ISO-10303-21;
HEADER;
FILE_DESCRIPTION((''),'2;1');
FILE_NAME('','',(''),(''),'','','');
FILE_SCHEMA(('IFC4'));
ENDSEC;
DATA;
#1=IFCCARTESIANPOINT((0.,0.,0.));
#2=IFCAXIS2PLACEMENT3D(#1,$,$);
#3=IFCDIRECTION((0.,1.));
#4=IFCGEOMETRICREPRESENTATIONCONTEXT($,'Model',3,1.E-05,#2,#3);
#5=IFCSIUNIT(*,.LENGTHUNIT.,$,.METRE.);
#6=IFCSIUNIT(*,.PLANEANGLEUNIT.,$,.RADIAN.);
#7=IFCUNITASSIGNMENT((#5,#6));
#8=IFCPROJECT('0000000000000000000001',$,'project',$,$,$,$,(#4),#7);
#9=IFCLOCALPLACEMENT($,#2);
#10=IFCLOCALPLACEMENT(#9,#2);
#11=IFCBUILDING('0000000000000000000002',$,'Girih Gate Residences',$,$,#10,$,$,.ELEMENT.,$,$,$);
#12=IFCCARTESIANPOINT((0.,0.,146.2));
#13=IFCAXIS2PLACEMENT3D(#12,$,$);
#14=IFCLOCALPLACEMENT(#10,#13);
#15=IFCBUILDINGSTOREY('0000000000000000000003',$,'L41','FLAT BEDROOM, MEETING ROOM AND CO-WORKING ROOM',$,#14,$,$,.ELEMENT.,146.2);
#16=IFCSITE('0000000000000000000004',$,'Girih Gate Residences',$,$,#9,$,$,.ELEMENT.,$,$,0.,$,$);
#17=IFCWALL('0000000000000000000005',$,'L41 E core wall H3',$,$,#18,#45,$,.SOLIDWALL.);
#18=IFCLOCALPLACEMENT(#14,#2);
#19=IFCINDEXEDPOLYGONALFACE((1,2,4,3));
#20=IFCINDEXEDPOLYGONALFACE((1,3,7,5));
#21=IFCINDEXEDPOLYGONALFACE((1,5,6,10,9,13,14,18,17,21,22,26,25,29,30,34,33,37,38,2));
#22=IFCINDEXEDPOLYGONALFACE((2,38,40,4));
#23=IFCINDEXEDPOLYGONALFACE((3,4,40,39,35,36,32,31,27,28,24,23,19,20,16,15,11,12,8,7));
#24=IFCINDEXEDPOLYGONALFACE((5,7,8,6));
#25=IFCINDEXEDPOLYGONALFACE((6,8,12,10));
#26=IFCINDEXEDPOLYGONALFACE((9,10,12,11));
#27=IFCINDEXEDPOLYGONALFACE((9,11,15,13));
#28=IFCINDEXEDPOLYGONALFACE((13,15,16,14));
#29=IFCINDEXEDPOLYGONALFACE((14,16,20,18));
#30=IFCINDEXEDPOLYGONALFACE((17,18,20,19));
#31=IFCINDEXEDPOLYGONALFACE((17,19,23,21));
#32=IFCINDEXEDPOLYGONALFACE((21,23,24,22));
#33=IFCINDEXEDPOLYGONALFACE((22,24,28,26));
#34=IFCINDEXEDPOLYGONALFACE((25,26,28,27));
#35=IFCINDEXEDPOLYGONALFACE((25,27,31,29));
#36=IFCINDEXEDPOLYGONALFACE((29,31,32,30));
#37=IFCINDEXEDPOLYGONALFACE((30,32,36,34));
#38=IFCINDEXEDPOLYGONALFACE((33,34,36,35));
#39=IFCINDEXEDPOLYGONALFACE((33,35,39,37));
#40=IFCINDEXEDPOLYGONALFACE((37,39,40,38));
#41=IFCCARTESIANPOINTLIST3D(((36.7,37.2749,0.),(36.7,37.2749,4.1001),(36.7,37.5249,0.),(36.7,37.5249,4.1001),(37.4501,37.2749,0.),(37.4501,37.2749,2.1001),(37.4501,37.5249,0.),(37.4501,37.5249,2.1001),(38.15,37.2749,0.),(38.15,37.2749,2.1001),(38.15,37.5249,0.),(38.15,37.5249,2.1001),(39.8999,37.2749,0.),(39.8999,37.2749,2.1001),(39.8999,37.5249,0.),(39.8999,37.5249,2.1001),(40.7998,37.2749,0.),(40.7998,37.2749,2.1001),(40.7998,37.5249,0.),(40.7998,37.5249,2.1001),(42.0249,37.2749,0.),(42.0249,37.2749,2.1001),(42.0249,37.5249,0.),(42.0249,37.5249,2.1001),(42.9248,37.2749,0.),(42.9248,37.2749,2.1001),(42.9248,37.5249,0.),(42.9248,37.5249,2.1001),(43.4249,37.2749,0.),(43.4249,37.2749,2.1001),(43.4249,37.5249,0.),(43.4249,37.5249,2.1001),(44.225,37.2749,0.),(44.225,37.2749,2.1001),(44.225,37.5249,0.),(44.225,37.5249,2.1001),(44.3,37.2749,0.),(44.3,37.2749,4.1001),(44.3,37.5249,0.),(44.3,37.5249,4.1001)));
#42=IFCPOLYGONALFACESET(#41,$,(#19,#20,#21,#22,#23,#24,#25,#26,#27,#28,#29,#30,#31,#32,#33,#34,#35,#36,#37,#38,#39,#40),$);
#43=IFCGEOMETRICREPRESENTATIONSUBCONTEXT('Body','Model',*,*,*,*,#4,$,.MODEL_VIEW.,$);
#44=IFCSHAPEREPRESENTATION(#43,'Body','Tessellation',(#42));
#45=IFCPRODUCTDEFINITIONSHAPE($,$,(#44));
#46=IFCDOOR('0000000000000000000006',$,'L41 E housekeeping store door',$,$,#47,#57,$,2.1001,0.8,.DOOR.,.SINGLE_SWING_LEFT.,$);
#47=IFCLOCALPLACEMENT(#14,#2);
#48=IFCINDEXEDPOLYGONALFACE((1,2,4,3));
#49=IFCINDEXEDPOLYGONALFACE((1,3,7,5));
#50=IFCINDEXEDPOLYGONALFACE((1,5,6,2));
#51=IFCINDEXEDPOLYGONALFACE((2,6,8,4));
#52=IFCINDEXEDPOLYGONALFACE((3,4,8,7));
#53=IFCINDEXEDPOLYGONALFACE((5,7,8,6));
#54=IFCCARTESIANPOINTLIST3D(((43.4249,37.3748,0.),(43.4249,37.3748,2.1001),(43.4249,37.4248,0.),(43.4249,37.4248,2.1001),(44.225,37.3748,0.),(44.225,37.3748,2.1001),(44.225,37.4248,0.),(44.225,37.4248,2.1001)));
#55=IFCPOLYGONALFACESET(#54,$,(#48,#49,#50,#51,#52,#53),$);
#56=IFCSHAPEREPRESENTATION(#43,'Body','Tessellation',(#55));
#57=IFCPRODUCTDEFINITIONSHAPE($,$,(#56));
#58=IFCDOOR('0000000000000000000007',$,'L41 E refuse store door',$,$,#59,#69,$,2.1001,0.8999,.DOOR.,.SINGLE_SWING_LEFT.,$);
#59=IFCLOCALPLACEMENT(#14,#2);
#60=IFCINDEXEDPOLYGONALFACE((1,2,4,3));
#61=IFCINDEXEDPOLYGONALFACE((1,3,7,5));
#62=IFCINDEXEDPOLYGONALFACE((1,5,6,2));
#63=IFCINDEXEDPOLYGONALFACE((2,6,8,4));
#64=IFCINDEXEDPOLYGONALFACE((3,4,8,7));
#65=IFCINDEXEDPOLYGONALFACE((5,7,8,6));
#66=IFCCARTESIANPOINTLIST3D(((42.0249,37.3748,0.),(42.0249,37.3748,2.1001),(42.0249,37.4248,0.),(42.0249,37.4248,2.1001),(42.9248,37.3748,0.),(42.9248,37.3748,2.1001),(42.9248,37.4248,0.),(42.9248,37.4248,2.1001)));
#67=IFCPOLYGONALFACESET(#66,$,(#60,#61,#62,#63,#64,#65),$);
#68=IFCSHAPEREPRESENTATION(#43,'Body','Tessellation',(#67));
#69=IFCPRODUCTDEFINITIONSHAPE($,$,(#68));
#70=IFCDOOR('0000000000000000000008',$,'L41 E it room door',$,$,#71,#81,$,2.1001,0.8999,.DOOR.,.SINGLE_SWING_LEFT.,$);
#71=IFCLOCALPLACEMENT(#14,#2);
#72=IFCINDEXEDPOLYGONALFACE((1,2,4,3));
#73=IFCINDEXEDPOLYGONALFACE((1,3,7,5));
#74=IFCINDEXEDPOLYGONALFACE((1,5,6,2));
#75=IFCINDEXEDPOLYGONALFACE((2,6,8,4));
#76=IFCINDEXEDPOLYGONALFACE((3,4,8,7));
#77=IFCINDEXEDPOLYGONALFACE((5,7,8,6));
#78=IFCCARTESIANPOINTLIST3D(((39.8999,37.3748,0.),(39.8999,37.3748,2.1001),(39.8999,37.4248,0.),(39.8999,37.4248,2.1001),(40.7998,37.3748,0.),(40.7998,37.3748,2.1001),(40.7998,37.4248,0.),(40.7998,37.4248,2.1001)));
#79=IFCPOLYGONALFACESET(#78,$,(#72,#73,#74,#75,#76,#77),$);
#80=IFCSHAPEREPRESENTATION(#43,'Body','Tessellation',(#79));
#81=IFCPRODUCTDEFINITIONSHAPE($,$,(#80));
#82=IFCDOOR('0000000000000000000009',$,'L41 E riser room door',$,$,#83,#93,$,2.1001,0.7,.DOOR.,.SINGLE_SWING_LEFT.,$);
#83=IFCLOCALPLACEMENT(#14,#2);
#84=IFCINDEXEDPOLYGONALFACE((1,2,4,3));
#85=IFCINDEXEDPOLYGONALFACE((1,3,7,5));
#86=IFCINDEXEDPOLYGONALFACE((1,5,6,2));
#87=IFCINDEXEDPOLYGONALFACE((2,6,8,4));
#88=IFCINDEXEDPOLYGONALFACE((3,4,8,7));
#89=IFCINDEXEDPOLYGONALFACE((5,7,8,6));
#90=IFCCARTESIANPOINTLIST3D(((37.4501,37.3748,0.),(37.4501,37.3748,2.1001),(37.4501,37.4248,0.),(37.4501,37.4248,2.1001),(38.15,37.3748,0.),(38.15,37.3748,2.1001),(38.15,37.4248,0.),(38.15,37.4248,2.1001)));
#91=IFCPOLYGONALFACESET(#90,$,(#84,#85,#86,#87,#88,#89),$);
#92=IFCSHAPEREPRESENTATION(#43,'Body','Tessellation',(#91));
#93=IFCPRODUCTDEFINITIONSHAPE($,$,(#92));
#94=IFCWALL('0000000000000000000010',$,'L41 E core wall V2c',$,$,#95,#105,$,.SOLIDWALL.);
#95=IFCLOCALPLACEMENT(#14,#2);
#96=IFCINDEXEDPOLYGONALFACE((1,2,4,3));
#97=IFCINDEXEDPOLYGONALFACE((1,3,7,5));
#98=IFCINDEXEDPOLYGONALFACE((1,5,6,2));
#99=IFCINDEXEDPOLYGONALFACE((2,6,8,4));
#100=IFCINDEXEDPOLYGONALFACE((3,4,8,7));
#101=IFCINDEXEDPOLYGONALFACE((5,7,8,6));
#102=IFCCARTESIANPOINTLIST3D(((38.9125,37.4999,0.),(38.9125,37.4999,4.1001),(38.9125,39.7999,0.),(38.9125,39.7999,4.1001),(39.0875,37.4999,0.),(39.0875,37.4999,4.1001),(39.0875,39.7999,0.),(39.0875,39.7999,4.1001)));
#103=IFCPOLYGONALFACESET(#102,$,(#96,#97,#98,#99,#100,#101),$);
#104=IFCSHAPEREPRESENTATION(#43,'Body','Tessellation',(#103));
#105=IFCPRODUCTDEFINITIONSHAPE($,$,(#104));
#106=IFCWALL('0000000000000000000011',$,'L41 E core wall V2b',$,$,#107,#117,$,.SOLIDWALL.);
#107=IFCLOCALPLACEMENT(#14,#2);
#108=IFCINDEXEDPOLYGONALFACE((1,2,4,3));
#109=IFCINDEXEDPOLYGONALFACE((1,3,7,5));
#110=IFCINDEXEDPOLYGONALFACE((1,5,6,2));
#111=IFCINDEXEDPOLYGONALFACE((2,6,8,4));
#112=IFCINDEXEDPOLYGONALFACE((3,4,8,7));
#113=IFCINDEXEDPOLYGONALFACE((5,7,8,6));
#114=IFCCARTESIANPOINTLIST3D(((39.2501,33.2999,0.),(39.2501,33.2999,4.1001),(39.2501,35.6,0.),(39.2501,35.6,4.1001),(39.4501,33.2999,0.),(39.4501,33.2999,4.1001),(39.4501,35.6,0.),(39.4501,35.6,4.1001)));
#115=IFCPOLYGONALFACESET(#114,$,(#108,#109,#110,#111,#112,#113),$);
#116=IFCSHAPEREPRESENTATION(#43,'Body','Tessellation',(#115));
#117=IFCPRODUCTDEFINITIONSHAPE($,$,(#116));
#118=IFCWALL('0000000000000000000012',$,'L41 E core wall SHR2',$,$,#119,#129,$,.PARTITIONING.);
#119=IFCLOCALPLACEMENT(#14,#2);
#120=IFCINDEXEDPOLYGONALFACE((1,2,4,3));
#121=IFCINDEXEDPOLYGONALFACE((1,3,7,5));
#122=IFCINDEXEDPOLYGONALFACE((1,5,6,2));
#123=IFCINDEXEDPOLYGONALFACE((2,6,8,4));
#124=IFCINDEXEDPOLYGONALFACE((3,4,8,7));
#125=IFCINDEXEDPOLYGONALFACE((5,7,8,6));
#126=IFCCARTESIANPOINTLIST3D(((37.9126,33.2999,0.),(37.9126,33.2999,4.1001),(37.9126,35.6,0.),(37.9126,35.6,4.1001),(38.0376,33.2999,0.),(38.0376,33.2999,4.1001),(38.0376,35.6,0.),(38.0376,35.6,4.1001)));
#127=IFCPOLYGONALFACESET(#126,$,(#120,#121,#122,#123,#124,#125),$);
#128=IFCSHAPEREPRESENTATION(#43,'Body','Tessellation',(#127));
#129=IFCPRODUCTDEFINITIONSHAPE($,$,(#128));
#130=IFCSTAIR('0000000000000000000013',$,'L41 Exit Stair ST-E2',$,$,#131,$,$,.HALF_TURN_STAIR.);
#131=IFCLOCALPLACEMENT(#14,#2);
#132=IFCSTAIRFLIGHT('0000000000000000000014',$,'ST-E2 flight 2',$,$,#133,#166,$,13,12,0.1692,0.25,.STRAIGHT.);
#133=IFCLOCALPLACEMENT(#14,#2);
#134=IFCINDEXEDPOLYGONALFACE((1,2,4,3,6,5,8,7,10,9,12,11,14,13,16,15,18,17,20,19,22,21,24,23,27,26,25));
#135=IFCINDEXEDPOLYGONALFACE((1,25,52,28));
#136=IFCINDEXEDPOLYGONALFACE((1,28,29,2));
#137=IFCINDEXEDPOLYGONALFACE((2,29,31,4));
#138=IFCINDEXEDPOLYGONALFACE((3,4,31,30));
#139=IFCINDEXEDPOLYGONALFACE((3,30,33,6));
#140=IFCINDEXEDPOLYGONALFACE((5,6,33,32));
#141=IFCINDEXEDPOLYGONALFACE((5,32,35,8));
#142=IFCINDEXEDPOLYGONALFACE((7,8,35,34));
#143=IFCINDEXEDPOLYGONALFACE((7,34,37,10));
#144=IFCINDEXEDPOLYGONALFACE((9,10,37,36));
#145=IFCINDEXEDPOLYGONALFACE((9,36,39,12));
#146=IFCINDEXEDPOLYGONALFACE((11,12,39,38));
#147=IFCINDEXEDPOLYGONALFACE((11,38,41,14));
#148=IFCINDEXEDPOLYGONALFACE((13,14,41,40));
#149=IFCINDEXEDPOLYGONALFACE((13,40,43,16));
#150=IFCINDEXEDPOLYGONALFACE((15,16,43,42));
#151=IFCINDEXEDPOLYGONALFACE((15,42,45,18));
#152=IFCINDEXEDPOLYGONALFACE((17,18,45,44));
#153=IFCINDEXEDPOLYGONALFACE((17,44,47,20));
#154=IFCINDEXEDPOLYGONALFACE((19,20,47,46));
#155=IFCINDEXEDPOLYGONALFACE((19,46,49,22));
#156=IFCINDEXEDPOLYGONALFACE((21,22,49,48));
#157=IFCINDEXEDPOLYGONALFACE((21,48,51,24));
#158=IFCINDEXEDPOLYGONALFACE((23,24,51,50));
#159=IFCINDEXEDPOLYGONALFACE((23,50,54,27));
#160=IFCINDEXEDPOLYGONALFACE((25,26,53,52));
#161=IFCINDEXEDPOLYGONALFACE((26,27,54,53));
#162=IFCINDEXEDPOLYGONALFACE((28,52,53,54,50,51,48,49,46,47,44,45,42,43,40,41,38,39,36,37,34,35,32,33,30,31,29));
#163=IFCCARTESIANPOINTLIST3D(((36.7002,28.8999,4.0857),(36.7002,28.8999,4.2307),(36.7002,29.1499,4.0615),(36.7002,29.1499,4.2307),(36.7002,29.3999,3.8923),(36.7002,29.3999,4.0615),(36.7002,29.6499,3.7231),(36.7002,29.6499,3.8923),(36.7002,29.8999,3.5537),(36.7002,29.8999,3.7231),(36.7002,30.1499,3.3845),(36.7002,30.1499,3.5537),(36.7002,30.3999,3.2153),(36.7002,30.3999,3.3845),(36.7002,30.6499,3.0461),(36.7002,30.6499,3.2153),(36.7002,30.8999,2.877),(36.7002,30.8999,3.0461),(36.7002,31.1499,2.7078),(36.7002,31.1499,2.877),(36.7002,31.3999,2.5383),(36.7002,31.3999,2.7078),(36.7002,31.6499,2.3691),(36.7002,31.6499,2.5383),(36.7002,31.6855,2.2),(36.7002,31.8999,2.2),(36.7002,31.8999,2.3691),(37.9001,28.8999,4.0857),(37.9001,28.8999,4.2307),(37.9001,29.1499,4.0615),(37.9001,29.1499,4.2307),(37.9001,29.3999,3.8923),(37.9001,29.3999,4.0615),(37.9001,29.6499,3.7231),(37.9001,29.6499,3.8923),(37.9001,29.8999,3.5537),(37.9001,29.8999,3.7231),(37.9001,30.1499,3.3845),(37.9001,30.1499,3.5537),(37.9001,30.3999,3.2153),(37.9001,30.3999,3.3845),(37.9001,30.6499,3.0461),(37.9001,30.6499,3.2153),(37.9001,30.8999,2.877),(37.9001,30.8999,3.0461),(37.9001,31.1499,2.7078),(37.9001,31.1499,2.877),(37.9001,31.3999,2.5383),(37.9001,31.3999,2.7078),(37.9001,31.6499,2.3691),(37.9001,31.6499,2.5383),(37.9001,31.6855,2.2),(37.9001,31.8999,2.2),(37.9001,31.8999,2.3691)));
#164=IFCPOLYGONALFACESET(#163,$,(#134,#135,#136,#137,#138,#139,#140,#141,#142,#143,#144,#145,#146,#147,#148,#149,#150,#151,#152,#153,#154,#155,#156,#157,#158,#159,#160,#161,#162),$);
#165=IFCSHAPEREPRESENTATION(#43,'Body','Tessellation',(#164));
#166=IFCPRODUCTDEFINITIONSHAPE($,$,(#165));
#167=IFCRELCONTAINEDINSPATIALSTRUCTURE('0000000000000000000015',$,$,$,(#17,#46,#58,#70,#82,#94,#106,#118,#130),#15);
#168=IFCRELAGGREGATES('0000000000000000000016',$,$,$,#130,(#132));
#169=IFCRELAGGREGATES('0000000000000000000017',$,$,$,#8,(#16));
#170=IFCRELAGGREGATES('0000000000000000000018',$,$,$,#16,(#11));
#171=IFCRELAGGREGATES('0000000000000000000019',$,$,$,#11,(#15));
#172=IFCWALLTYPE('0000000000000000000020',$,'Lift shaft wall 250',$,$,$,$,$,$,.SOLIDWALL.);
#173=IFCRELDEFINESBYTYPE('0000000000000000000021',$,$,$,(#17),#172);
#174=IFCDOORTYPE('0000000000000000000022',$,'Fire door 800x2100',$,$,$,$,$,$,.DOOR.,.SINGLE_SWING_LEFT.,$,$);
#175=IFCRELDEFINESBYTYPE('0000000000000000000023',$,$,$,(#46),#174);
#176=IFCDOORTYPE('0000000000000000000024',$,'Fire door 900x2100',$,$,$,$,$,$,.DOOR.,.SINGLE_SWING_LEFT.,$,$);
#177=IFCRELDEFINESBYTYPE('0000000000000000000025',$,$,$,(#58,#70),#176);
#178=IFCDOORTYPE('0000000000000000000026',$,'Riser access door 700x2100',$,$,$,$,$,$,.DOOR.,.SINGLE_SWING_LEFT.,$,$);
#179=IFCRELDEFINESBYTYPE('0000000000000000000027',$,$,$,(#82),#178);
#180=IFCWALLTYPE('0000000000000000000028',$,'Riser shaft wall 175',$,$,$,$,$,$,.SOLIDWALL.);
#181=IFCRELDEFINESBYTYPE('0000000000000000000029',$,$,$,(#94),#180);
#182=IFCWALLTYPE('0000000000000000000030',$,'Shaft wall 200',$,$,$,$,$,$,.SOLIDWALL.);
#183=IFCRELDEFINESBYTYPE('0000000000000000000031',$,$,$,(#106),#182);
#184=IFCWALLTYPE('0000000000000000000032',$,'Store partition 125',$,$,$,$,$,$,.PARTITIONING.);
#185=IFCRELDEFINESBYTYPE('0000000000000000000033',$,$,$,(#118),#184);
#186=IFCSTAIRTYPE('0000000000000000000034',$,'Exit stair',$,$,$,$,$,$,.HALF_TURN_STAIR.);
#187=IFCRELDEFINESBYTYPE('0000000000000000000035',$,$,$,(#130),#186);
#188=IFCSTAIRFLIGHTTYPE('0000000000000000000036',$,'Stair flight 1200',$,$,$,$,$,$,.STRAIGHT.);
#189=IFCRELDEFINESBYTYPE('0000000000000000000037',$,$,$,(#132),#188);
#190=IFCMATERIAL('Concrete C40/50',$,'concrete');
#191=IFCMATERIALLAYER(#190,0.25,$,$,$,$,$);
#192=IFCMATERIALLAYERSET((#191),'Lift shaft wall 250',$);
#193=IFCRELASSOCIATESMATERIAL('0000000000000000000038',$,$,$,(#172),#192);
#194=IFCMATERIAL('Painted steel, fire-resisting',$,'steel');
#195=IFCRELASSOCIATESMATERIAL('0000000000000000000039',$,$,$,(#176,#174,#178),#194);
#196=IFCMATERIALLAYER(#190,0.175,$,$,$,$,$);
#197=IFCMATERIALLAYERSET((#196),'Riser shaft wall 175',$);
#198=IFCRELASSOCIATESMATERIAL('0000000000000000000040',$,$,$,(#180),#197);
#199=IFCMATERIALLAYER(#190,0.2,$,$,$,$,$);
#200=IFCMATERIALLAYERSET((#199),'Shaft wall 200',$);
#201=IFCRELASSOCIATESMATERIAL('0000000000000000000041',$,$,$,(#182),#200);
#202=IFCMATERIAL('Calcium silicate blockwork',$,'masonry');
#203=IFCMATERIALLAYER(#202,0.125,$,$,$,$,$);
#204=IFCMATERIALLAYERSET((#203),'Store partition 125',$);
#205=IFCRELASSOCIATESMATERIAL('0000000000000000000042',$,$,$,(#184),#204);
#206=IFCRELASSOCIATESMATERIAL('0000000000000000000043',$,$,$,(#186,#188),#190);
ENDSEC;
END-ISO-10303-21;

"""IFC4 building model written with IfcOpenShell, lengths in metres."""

from ifc_helpers import new_model, si_unit, direction, frame, frame_2d, origin, place, context, subcontext, project, spatial, polyline, rectangle, outline, extrude, material, layer, layer_set, type_object, element, fill, aggregate, save


model = new_model("IFC4")

# Units and contexts
model_context = context("Model", 3, precision=1e-05, world=origin(), true_north=direction((0.0, 1.0)))
body_context = subcontext(model_context, "Body", "Model", "MODEL_VIEW")
ifc_project = project(units=[si_unit("LENGTHUNIT", "METRE"), si_unit("PLANEANGLEUNIT", "RADIAN")], contexts=[model_context])

# Site, building, storey
site_placement = place(None, origin())
site = spatial("IfcSite", under=ifc_project, at=site_placement, Name="Girih Gate Residences", CompositionType="ELEMENT", RefElevation=0.0)
building_placement = place(site_placement, origin())
building = spatial("IfcBuilding", under=site, at=building_placement, Name="Girih Gate Residences", CompositionType="ELEMENT")
storey_placement = place(building_placement, frame((0.0, 0.0, 146.2)))
storey = spatial("IfcBuildingStorey", under=building, at=storey_placement, Name="L41", Description="FLAT BEDROOM, MEETING ROOM AND CO-WORKING ROOM", CompositionType="ELEMENT", Elevation=146.2)

# Shared definitions
ifc_material_1 = material(Name="Concrete C40/50", Category="concrete")
ifc_layer_1 = layer(ifc_material_1, 0.25)
ifc_layer_set_1 = layer_set([ifc_layer_1], Name="Lift shaft wall 250")
wall_type_1 = type_object("IfcWallType", Name="Lift shaft wall 250", PredefinedType="SOLIDWALL", material=ifc_layer_set_1)

# Wall, openings, doors
ifc_material_2 = material(Name="Painted steel, fire-resisting", Category="steel")
door_type_1 = type_object("IfcDoorType", Name="Fire door 900x2100", OperationType="SINGLE_SWING_LEFT", PredefinedType="DOOR", material=ifc_material_2)
wall_1_placement = place(storey_placement, frame((36.7, 37.3999, 0.0), z_axis=(0.0, 0.0, 1.0), x_axis=(1.0, 0.0, 0.0)))
wall_1 = element("IfcWall", 1, at=wall_1_placement, inside=storey, type_object=wall_type_1, Name="L41 E core wall H3", PredefinedType="SOLIDWALL", context=body_context, shape_type="SweptSolid", body=[
    extrude(rectangle(XDim=7.6001, YDim=0.25, at=frame_2d((3.8, 0.0))), origin(), (0.0, 0.0, 1.0), 4.1001),
])
opening_1_placement = place(wall_1_placement, frame((0.75, 0.0, 0.0)))
opening_1 = element("IfcOpeningElement", 2, at=opening_1_placement, cuts=wall_1, PredefinedType="OPENING", context=body_context, shape_type="SweptSolid", body=[
    extrude(rectangle(XDim=0.7, YDim=2.1001, at=frame_2d((0.3501, 1.05))), frame((0.0, 0.135, 0.0), z_axis=(0.0, -1.0, 0.0), x_axis=(1.0, 0.0, 0.0)), (0.0, 0.0, 1.0), 0.27),
])
opening_2_placement = place(wall_1_placement, frame((6.7251, 0.0, 0.0)))
opening_2 = element("IfcOpeningElement", 3, at=opening_2_placement, cuts=wall_1, PredefinedType="OPENING", context=body_context, shape_type="SweptSolid", body=[
    extrude(rectangle(XDim=0.8, YDim=2.1001, at=frame_2d((0.3999, 1.05))), frame((0.0, 0.135, 0.0), z_axis=(0.0, -1.0, 0.0), x_axis=(1.0, 0.0, 0.0)), (0.0, 0.0, 1.0), 0.27),
])
opening_3_placement = place(wall_1_placement, frame((5.325, 0.0, 0.0)))
opening_3 = element("IfcOpeningElement", 4, at=opening_3_placement, cuts=wall_1, PredefinedType="OPENING", context=body_context, shape_type="SweptSolid", body=[
    extrude(rectangle(XDim=0.8999, YDim=2.1001, at=frame_2d((0.45, 1.05))), frame((0.0, 0.135, 0.0), z_axis=(0.0, -1.0, 0.0), x_axis=(1.0, 0.0, 0.0)), (0.0, 0.0, 1.0), 0.27),
])
opening_4_placement = place(wall_1_placement, frame((3.2, 0.0, 0.0)))
opening_4 = element("IfcOpeningElement", 5, at=opening_4_placement, cuts=wall_1, PredefinedType="OPENING", context=body_context, shape_type="SweptSolid", body=[
    extrude(rectangle(XDim=0.8999, YDim=2.1001, at=frame_2d((0.45, 1.05))), frame((0.0, 0.135, 0.0), z_axis=(0.0, -1.0, 0.0), x_axis=(1.0, 0.0, 0.0)), (0.0, 0.0, 1.0), 0.27),
])
door_type_2 = type_object("IfcDoorType", Name="Fire door 800x2100", OperationType="SINGLE_SWING_LEFT", PredefinedType="DOOR", material=ifc_material_2)
door_1_placement = place(opening_2_placement, origin())
door_1 = element("IfcDoor", 6, at=door_1_placement, inside=storey, type_object=door_type_2, Name="L41 E housekeeping store door", OperationType="SINGLE_SWING_LEFT", OverallHeight=2.1001, OverallWidth=0.8, PredefinedType="DOOR", context=body_context, shape_type="SweptSolid", body=[
    extrude(rectangle(XDim=0.8, YDim=2.1001, at=frame_2d((0.3999, 1.05))), frame((0.0, 0.0249, 0.0), z_axis=(0.0, -1.0, 0.0), x_axis=(1.0, 0.0, 0.0)), (0.0, 0.0, 1.0), 0.05),
])
fill(opening_2, door_1)
door_2_placement = place(opening_3_placement, origin())
door_2 = element("IfcDoor", 7, at=door_2_placement, inside=storey, type_object=door_type_1, Name="L41 E refuse store door", OperationType="SINGLE_SWING_LEFT", OverallHeight=2.1001, OverallWidth=0.8999, PredefinedType="DOOR", context=body_context, shape_type="SweptSolid", body=[
    extrude(rectangle(XDim=0.8999, YDim=2.1001, at=frame_2d((0.45, 1.05))), frame((0.0, 0.0249, 0.0), z_axis=(0.0, -1.0, 0.0), x_axis=(1.0, 0.0, 0.0)), (0.0, 0.0, 1.0), 0.05),
])
fill(opening_3, door_2)
door_3_placement = place(opening_4_placement, origin())
door_3 = element("IfcDoor", 8, at=door_3_placement, inside=storey, type_object=door_type_1, Name="L41 E it room door", OperationType="SINGLE_SWING_LEFT", OverallHeight=2.1001, OverallWidth=0.8999, PredefinedType="DOOR", context=body_context, shape_type="SweptSolid", body=[
    extrude(rectangle(XDim=0.8999, YDim=2.1001, at=frame_2d((0.45, 1.05))), frame((0.0, 0.0249, 0.0), z_axis=(0.0, -1.0, 0.0), x_axis=(1.0, 0.0, 0.0)), (0.0, 0.0, 1.0), 0.05),
])
fill(opening_4, door_3)
door_type_3 = type_object("IfcDoorType", Name="Riser access door 700x2100", OperationType="SINGLE_SWING_LEFT", PredefinedType="DOOR", material=ifc_material_2)
door_4_placement = place(opening_1_placement, origin())
door_4 = element("IfcDoor", 9, at=door_4_placement, inside=storey, type_object=door_type_3, Name="L41 E riser room door", OperationType="SINGLE_SWING_LEFT", OverallHeight=2.1001, OverallWidth=0.7, PredefinedType="DOOR", context=body_context, shape_type="SweptSolid", body=[
    extrude(rectangle(XDim=0.7, YDim=2.1001, at=frame_2d((0.3501, 1.05))), frame((0.0, 0.0249, 0.0), z_axis=(0.0, -1.0, 0.0), x_axis=(1.0, 0.0, 0.0)), (0.0, 0.0, 1.0), 0.05),
])
fill(opening_1, door_4)

# Walls
ifc_layer_2 = layer(ifc_material_1, 0.175)
ifc_layer_set_2 = layer_set([ifc_layer_2], Name="Riser shaft wall 175")
wall_type_2 = type_object("IfcWallType", Name="Riser shaft wall 175", PredefinedType="SOLIDWALL", material=ifc_layer_set_2)
wall_2_placement = place(storey_placement, frame((39.0, 37.5, 0.0), z_axis=(0.0, 0.0, 1.0), x_axis=(0.0, 1.0, 0.0)))
element("IfcWall", 10, at=wall_2_placement, inside=storey, type_object=wall_type_2, Name="L41 E core wall V2c", PredefinedType="SOLIDWALL", context=body_context, shape_type="SweptSolid", body=[
    extrude(rectangle(XDim=2.3, YDim=0.175, at=frame_2d((1.1499, 0.0))), origin(), (0.0, 0.0, 1.0), 4.1001),
])
ifc_layer_3 = layer(ifc_material_1, 0.2)
ifc_layer_set_3 = layer_set([ifc_layer_3], Name="Shaft wall 200")
wall_type_3 = type_object("IfcWallType", Name="Shaft wall 200", PredefinedType="SOLIDWALL", material=ifc_layer_set_3)
wall_3_placement = place(storey_placement, frame((39.3501, 33.3, 0.0), z_axis=(0.0, 0.0, 1.0), x_axis=(0.0, 1.0, 0.0)))
element("IfcWall", 11, at=wall_3_placement, inside=storey, type_object=wall_type_3, Name="L41 E core wall V2b", PredefinedType="SOLIDWALL", context=body_context, shape_type="SweptSolid", body=[
    extrude(rectangle(XDim=2.3, YDim=0.2, at=frame_2d((1.1499, 0.0))), origin(), (0.0, 0.0, 1.0), 4.1001),
])
ifc_material_3 = material(Name="Calcium silicate blockwork", Category="masonry")
ifc_layer_4 = layer(ifc_material_3, 0.125)
ifc_layer_set_4 = layer_set([ifc_layer_4], Name="Store partition 125")
wall_type_4 = type_object("IfcWallType", Name="Store partition 125", PredefinedType="PARTITIONING", material=ifc_layer_set_4)
wall_4_placement = place(storey_placement, frame((37.9751, 33.3, 0.0), z_axis=(0.0, 0.0, 1.0), x_axis=(0.0, 1.0, 0.0)))
element("IfcWall", 12, at=wall_4_placement, inside=storey, type_object=wall_type_4, Name="L41 E core wall SHR2", PredefinedType="PARTITIONING", context=body_context, shape_type="SweptSolid", body=[
    extrude(rectangle(XDim=2.3, YDim=0.125, at=frame_2d((1.1499, 0.0))), origin(), (0.0, 0.0, 1.0), 4.1001),
])

# Stair, stair flight
stair_type = type_object("IfcStairType", Name="Exit stair", PredefinedType="HALF_TURN_STAIR", material=ifc_material_1)
stair_placement = place(storey_placement, origin())
stair = element("IfcStair", 13, at=stair_placement, inside=storey, type_object=stair_type, Name="L41 Exit Stair ST-E2", PredefinedType="HALF_TURN_STAIR")
stair_flight_type = type_object("IfcStairFlightType", Name="Stair flight 1200", PredefinedType="STRAIGHT", material=ifc_material_1)
stair_flight_placement = place(storey_placement, frame((37.3, 31.8999, 2.2), z_axis=(0.0, 0.0, 1.0), x_axis=(0.0, -1.0, 0.0)))
stair_flight = element("IfcStairFlight", 14, at=stair_flight_placement, type_object=stair_flight_type, Name="ST-E2 flight 2", NumberOfRisers=13, NumberOfTreads=12, PredefinedType="STRAIGHT", RiserHeight=0.1692, TreadLength=0.25, context=body_context, shape_type="SweptSolid", body=[
    extrude(outline(polyline([(0.0, 0.0), (0.0, 0.1692), (0.25, 0.1692), (0.25, 0.3384), (0.5, 0.3384), (0.5, 0.5078), (0.75, 0.5078), (0.75, 0.677), (1.0, 0.677), (1.0, 0.8462), (1.25, 0.8462), (1.25, 1.0154), (1.5, 1.0154), (1.5, 1.1846), (1.75, 1.1846), (1.75, 1.3538), (2.0, 1.3538), (2.0, 1.5232), (2.25, 1.5232), (2.25, 1.6924), (2.5, 1.6924), (2.5, 1.8616), (2.75, 1.8616), (2.75, 2.0308), (3.0, 2.0308), (3.0, 2.2), (3.0, 1.8857), (0.2144, 0.0), (0.0, 0.0)])), frame((0.0, 0.6001, 0.0), z_axis=(0.0, -1.0, 0.0), x_axis=(1.0, 0.0, 0.0)), (0.0, 0.0, 1.0), 1.2),
])
aggregate(stair, [stair_flight])

save(model, "model.ifc")
